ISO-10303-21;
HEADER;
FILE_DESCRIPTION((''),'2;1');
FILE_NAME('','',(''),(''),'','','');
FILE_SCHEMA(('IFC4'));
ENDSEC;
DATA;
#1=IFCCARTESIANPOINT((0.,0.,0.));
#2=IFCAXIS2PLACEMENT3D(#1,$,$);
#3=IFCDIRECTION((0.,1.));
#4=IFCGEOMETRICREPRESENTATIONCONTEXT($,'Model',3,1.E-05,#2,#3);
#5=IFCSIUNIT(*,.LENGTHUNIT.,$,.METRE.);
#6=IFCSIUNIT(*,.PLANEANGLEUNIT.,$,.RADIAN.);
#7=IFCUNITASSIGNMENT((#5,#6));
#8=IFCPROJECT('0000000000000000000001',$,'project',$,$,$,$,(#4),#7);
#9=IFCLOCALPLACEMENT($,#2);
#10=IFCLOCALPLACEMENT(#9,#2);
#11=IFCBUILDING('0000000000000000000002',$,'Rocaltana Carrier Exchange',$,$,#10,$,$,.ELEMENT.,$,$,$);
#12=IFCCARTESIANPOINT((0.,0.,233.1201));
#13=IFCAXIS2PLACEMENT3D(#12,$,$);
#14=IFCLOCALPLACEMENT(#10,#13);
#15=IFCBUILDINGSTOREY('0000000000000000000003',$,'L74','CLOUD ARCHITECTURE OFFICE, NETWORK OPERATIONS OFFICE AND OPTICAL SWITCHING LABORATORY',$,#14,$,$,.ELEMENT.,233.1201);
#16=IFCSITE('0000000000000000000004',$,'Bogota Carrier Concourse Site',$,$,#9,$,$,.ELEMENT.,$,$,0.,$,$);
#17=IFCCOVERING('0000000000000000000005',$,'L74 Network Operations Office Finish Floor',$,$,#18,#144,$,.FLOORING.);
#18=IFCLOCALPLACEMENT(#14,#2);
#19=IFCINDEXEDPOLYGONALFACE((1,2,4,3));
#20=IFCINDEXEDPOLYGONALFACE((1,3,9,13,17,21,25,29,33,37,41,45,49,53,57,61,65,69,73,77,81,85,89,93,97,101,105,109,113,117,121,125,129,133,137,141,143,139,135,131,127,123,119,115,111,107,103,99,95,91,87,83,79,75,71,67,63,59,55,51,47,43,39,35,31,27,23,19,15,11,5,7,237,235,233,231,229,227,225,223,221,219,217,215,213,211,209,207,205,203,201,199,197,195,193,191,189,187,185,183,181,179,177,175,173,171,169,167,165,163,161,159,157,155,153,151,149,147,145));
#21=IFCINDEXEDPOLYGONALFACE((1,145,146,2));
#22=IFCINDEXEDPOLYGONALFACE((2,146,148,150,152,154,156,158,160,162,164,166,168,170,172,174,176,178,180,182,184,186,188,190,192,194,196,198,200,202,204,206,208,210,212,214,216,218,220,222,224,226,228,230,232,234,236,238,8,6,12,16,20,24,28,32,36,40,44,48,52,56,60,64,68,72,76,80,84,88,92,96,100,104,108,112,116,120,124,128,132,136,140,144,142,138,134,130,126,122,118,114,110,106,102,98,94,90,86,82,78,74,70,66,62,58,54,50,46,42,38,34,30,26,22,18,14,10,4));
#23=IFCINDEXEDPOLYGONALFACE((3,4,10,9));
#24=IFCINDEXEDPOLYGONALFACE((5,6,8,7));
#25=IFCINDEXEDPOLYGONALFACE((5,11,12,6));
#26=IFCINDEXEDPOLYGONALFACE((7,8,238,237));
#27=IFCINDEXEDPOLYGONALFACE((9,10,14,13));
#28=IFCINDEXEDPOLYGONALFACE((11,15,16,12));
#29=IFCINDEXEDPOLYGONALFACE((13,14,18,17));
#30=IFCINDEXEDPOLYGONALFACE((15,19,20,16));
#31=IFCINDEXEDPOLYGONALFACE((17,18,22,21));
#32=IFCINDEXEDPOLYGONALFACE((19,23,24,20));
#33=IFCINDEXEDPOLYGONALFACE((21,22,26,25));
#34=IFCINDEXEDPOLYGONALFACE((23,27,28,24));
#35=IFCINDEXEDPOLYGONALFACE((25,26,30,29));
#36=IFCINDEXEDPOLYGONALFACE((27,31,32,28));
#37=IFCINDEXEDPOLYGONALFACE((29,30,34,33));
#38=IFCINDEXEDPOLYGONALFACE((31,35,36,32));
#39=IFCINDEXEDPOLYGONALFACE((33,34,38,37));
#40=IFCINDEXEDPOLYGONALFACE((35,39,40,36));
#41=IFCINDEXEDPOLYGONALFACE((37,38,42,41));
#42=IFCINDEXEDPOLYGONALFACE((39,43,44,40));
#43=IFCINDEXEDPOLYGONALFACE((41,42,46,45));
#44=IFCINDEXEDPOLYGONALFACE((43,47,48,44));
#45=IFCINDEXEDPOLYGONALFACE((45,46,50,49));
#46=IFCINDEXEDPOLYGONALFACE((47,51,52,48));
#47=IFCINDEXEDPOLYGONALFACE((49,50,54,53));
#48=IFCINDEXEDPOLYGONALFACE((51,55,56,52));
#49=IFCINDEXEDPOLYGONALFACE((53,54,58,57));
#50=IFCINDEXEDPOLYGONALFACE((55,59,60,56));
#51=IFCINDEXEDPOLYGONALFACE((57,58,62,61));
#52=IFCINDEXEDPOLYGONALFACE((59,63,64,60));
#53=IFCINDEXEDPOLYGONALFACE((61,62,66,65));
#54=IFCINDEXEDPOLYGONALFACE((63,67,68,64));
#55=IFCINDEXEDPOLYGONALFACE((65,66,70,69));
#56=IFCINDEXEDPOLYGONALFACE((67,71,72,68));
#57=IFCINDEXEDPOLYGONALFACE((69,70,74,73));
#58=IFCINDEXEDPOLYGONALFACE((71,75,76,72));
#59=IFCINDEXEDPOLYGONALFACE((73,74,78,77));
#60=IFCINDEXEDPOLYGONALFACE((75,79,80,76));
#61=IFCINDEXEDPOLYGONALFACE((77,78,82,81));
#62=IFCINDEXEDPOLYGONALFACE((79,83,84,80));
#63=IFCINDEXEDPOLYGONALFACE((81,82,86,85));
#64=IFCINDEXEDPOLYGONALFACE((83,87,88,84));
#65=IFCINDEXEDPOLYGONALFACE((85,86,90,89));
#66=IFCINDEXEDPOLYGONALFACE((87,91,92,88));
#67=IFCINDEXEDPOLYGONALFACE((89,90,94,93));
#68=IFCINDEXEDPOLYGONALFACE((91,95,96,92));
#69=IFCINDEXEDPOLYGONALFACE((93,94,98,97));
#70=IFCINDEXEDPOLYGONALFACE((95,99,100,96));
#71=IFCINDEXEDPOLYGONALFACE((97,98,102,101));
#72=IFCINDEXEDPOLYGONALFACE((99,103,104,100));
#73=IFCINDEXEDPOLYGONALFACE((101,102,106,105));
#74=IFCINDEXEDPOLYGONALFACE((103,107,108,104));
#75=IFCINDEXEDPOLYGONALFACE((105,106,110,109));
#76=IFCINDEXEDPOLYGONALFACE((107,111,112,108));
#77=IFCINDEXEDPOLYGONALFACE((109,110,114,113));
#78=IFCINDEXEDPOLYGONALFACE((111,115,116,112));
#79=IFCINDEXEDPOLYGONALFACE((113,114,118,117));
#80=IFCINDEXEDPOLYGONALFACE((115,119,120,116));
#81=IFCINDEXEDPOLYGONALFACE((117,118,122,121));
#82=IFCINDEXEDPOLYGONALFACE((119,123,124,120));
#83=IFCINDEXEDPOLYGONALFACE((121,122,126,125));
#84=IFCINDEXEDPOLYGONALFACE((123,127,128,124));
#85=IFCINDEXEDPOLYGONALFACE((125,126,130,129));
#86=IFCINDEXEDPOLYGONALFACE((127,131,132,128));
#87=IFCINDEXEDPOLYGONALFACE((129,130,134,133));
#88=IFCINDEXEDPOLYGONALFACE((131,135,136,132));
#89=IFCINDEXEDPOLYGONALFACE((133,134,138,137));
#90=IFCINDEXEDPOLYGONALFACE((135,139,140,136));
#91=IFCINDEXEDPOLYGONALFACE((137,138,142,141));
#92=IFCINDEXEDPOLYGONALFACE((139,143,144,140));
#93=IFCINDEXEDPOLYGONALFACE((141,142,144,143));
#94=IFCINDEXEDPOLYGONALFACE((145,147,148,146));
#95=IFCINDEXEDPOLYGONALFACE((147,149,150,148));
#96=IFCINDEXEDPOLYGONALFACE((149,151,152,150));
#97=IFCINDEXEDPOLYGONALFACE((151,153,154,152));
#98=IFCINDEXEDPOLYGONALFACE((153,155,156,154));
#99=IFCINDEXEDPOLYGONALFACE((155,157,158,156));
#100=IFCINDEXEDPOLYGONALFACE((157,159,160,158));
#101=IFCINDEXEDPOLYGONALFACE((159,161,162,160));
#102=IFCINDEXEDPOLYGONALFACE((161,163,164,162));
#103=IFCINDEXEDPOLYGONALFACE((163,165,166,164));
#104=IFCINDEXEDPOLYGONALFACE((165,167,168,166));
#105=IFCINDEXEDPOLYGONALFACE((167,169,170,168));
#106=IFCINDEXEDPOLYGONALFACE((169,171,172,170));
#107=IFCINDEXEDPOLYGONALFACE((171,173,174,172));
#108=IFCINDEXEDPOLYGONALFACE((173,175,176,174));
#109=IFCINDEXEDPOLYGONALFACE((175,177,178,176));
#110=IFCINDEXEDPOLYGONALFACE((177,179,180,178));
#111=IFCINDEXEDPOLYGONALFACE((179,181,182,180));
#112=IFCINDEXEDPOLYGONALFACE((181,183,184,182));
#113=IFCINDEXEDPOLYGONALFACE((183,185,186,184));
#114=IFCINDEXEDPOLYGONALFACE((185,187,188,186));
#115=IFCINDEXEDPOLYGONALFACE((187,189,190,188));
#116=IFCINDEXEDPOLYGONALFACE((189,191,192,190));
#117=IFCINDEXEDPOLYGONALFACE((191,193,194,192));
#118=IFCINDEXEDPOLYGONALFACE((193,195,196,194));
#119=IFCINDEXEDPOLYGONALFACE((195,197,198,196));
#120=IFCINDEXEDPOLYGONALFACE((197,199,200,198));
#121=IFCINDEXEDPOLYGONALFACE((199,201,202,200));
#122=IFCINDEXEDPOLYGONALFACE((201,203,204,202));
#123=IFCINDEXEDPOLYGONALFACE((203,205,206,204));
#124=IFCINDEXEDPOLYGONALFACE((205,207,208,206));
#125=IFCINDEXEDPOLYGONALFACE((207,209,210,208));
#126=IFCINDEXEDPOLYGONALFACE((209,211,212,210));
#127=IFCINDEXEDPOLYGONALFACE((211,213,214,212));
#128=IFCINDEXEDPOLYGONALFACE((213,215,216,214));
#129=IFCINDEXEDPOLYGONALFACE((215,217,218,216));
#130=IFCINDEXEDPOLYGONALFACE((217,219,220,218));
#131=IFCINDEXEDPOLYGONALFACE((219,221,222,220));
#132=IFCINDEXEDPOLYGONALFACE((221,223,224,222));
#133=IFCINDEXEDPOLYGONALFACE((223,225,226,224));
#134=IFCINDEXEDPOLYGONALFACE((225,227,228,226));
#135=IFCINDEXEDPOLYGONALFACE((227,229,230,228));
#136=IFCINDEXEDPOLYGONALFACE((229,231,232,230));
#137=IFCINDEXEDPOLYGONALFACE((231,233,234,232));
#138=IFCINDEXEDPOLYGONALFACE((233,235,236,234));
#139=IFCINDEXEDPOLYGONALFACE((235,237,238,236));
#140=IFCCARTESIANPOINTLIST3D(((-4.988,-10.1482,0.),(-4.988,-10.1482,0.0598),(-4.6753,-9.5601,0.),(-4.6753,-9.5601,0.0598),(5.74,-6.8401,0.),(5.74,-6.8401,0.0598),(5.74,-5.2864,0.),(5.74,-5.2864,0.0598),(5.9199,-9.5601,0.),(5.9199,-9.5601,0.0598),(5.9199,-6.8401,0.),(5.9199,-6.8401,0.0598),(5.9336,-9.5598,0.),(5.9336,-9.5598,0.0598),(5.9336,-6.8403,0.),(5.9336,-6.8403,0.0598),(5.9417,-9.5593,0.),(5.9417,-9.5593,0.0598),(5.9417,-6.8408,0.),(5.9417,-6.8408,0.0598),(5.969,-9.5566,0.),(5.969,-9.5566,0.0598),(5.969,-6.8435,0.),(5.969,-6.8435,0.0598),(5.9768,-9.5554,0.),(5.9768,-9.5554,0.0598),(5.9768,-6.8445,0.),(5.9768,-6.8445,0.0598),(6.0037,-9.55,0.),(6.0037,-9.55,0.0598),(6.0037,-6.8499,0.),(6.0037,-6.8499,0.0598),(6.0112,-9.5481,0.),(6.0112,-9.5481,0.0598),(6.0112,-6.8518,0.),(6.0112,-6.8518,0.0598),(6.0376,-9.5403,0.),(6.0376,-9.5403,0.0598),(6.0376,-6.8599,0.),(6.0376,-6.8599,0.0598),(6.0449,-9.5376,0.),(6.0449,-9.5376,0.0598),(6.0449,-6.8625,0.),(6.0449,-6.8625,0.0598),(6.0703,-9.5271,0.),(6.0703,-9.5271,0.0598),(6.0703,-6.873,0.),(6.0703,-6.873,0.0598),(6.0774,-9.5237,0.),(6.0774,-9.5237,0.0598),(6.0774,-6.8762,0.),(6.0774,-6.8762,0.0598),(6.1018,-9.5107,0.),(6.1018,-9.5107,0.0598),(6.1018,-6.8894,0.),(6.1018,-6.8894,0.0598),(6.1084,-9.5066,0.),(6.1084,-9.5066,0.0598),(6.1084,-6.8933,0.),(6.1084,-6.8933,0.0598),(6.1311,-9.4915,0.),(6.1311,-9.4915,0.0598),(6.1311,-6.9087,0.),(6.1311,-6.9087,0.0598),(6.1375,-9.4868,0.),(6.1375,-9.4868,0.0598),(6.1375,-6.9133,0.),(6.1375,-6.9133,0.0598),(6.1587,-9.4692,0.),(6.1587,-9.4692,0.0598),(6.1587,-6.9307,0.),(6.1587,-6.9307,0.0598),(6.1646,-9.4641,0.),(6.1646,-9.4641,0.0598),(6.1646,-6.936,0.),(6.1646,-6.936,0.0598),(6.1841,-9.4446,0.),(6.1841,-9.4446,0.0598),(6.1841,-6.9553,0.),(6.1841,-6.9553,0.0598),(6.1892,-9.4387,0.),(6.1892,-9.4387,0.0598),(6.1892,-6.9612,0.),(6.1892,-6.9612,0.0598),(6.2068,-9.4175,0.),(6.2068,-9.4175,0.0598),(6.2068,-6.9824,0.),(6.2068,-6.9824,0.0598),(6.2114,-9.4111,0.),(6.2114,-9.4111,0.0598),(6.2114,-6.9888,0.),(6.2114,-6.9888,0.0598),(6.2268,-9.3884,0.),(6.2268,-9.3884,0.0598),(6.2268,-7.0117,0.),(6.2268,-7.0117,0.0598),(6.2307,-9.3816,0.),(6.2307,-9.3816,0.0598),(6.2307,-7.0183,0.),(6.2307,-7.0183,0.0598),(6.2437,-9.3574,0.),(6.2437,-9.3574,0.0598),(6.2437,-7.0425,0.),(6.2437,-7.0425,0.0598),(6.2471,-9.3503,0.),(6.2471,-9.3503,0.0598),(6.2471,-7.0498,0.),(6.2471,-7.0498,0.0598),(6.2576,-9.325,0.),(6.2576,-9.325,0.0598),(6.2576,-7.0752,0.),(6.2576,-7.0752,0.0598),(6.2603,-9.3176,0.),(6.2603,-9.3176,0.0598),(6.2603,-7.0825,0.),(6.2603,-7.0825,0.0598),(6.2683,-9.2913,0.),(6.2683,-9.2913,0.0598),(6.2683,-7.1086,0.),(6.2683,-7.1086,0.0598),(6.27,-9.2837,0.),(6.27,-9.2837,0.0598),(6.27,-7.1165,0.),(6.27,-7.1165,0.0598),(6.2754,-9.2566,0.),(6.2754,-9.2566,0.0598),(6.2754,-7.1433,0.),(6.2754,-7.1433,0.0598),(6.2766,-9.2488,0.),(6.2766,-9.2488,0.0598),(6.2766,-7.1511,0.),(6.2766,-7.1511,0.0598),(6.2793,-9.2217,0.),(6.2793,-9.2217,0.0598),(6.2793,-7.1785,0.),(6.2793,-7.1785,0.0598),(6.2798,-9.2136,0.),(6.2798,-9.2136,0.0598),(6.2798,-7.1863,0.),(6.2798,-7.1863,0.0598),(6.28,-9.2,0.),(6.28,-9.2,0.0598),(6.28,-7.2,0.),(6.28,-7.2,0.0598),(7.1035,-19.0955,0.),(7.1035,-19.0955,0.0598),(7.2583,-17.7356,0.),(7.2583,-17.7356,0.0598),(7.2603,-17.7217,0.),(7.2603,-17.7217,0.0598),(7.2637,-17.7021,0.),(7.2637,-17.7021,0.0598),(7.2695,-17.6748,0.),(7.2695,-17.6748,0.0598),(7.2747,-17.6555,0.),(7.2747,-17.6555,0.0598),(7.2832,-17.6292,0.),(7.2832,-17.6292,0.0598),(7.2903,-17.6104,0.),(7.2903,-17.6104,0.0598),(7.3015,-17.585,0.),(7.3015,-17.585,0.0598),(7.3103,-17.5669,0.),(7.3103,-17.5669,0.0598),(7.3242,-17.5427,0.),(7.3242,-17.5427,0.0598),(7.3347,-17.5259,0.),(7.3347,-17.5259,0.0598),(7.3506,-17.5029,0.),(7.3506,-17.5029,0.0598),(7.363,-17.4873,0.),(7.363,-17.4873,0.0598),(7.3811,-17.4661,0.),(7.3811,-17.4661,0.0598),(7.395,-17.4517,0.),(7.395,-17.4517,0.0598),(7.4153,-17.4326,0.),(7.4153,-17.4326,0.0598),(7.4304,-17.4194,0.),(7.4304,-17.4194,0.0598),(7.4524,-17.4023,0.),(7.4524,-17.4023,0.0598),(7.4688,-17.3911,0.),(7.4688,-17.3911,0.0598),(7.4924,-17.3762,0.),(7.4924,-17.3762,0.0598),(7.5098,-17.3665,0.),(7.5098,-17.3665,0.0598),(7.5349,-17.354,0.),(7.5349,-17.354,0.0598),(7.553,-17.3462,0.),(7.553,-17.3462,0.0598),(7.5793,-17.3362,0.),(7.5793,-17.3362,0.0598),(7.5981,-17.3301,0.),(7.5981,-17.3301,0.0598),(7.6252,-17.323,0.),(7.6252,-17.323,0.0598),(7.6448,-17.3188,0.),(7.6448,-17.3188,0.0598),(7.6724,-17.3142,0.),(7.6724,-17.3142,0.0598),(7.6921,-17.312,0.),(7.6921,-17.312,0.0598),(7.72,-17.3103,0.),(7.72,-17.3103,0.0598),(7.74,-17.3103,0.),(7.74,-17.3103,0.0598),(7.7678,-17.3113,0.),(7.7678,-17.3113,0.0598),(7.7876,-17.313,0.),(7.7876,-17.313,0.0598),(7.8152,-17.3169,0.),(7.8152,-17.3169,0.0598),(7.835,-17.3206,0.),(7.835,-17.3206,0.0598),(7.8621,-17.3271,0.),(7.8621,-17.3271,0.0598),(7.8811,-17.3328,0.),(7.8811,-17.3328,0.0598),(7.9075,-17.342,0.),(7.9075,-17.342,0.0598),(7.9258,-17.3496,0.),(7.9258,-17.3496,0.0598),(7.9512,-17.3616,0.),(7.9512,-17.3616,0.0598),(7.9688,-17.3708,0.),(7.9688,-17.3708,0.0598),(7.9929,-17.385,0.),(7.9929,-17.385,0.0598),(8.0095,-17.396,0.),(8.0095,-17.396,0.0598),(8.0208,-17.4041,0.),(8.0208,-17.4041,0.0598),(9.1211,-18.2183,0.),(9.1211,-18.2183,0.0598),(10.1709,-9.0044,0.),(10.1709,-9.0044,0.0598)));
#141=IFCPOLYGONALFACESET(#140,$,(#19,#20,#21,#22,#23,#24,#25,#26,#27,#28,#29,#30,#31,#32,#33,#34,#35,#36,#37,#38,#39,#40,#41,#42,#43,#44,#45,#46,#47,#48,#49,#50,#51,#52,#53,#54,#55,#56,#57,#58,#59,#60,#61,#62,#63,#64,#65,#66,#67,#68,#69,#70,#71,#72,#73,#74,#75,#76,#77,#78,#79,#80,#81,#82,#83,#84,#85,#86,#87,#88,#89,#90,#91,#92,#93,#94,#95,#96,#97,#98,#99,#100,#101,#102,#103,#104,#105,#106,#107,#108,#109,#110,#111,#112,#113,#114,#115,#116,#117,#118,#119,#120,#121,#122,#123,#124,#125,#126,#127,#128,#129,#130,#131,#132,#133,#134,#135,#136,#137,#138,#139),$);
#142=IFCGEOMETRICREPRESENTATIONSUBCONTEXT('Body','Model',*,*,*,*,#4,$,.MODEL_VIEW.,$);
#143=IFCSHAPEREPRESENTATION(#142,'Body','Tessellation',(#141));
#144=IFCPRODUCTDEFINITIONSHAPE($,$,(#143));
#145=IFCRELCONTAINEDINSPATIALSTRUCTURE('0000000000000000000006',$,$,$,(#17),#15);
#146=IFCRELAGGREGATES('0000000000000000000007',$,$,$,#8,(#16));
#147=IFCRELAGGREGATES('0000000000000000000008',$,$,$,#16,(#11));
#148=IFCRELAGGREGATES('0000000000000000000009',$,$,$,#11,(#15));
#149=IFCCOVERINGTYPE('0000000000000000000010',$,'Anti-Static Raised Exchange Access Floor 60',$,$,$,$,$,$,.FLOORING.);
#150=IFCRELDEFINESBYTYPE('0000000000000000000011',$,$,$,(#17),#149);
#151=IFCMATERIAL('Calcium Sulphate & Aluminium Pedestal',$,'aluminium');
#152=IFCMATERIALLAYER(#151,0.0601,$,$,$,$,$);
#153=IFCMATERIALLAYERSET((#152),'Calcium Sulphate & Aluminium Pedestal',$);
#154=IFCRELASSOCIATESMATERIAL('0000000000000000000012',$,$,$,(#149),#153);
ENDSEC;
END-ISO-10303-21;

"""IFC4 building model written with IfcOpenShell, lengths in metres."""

from ifc_helpers import new_model, si_unit, direction, frame, origin, place, context, subcontext, project, spatial, polyline, outline, extrude, material, layer, layer_set, type_object, element, save


model = new_model("IFC4")

# Units and contexts
model_context = context("Model", 3, precision=1e-05, world=origin(), true_north=direction((0.0, 1.0)))
body_context = subcontext(model_context, "Body", "Model", "MODEL_VIEW")
ifc_project = project(units=[si_unit("LENGTHUNIT", "METRE"), si_unit("PLANEANGLEUNIT", "RADIAN")], contexts=[model_context])

# Site, building, storey
site_placement = place(None, origin())
site = spatial("IfcSite", under=ifc_project, at=site_placement, Name="Bogota Carrier Concourse Site", CompositionType="ELEMENT", RefElevation=0.0)
building_placement = place(site_placement, origin())
building = spatial("IfcBuilding", under=site, at=building_placement, Name="Rocaltana Carrier Exchange", CompositionType="ELEMENT")
storey_placement = place(building_placement, frame((0.0, 0.0, 233.1201)))
storey = spatial("IfcBuildingStorey", under=building, at=storey_placement, Name="L74", Description="CLOUD ARCHITECTURE OFFICE, NETWORK OPERATIONS OFFICE AND OPTICAL SWITCHING LABORATORY", CompositionType="ELEMENT", Elevation=233.1201)

# Covering
ifc_material_1 = material(Name="Calcium Sulphate & Aluminium Pedestal", Category="aluminium")
ifc_layer_1 = layer(ifc_material_1, 0.0601)
ifc_layer_set_1 = layer_set([ifc_layer_1], Name="Calcium Sulphate & Aluminium Pedestal")
covering_type_1 = type_object("IfcCoveringType", Name="Anti-Static Raised Exchange Access Floor 60", PredefinedType="FLOORING", material=ifc_layer_set_1)
covering_1_placement = place(storey_placement, origin())
element("IfcCovering", 1, at=covering_1_placement, inside=storey, type_object=covering_type_1, Name="L74 Network Operations Office Finish Floor", PredefinedType="FLOORING", context=body_context, shape_type="SweptSolid", body=[
    extrude(outline(polyline([(5.74, -6.8401), (5.74, -5.2864), (10.1709, -9.0044), (9.1211, -18.2183), (8.0208, -17.4041), (8.0095, -17.396), (7.9929, -17.385), (7.9688, -17.3708), (7.9512, -17.3616), (7.9258, -17.3496), (7.9075, -17.342), (7.8811, -17.3328), (7.8621, -17.3271), (7.835, -17.3206), (7.8152, -17.3169), (7.7876, -17.313), (7.7678, -17.3113), (7.74, -17.3103), (7.72, -17.3103), (7.6921, -17.312), (7.6724, -17.3142), (7.6448, -17.3188), (7.6252, -17.323), (7.5981, -17.3301), (7.5793, -17.3362), (7.553, -17.3462), (7.5349, -17.354), (7.5098, -17.3665), (7.4924, -17.3762), (7.4688, -17.3911), (7.4524, -17.4023), (7.4304, -17.4194), (7.4153, -17.4326), (7.395, -17.4517), (7.3811, -17.4661), (7.363, -17.4873), (7.3506, -17.5029), (7.3347, -17.5259), (7.3242, -17.5427), (7.3103, -17.5669), (7.3015, -17.585), (7.2903, -17.6104), (7.2832, -17.6292), (7.2747, -17.6555), (7.2695, -17.6748), (7.2637, -17.7021), (7.2603, -17.7217), (7.2583, -17.7356), (7.1035, -19.0955), (-4.988, -10.1482), (-4.6753, -9.5601), (5.9199, -9.5601), (5.9336, -9.5598), (5.9417, -9.5593), (5.969, -9.5566), (5.9768, -9.5554), (6.0037, -9.55), (6.0112, -9.5481), (6.0376, -9.5403), (6.0449, -9.5376), (6.0703, -9.5271), (6.0774, -9.5237), (6.1018, -9.5107), (6.1084, -9.5066), (6.1311, -9.4915), (6.1375, -9.4868), (6.1587, -9.4692), (6.1646, -9.4641), (6.1841, -9.4446), (6.1892, -9.4387), (6.2068, -9.4175), (6.2114, -9.4111), (6.2268, -9.3884), (6.2307, -9.3816), (6.2437, -9.3574), (6.2471, -9.3503), (6.2576, -9.325), (6.2603, -9.3176), (6.2683, -9.2913), (6.27, -9.2837), (6.2754, -9.2566), (6.2766, -9.2488), (6.2793, -9.2217), (6.2798, -9.2136), (6.28, -9.2), (6.28, -7.2), (6.2798, -7.1863), (6.2793, -7.1785), (6.2766, -7.1511), (6.2754, -7.1433), (6.27, -7.1165), (6.2683, -7.1086), (6.2603, -7.0825), (6.2576, -7.0752), (6.2471, -7.0498), (6.2437, -7.0425), (6.2307, -7.0183), (6.2268, -7.0117), (6.2114, -6.9888), (6.2068, -6.9824), (6.1892, -6.9612), (6.1841, -6.9553), (6.1646, -6.936), (6.1587, -6.9307), (6.1375, -6.9133), (6.1311, -6.9087), (6.1084, -6.8933), (6.1018, -6.8894), (6.0774, -6.8762), (6.0703, -6.873), (6.0449, -6.8625), (6.0376, -6.8599), (6.0112, -6.8518), (6.0037, -6.8499), (5.9768, -6.8445), (5.969, -6.8435), (5.9417, -6.8408), (5.9336, -6.8403), (5.9199, -6.8401), (5.74, -6.8401)])), origin(), (0.0, 0.0, 1.0), 0.0598),
])

save(model, "model.ifc")
